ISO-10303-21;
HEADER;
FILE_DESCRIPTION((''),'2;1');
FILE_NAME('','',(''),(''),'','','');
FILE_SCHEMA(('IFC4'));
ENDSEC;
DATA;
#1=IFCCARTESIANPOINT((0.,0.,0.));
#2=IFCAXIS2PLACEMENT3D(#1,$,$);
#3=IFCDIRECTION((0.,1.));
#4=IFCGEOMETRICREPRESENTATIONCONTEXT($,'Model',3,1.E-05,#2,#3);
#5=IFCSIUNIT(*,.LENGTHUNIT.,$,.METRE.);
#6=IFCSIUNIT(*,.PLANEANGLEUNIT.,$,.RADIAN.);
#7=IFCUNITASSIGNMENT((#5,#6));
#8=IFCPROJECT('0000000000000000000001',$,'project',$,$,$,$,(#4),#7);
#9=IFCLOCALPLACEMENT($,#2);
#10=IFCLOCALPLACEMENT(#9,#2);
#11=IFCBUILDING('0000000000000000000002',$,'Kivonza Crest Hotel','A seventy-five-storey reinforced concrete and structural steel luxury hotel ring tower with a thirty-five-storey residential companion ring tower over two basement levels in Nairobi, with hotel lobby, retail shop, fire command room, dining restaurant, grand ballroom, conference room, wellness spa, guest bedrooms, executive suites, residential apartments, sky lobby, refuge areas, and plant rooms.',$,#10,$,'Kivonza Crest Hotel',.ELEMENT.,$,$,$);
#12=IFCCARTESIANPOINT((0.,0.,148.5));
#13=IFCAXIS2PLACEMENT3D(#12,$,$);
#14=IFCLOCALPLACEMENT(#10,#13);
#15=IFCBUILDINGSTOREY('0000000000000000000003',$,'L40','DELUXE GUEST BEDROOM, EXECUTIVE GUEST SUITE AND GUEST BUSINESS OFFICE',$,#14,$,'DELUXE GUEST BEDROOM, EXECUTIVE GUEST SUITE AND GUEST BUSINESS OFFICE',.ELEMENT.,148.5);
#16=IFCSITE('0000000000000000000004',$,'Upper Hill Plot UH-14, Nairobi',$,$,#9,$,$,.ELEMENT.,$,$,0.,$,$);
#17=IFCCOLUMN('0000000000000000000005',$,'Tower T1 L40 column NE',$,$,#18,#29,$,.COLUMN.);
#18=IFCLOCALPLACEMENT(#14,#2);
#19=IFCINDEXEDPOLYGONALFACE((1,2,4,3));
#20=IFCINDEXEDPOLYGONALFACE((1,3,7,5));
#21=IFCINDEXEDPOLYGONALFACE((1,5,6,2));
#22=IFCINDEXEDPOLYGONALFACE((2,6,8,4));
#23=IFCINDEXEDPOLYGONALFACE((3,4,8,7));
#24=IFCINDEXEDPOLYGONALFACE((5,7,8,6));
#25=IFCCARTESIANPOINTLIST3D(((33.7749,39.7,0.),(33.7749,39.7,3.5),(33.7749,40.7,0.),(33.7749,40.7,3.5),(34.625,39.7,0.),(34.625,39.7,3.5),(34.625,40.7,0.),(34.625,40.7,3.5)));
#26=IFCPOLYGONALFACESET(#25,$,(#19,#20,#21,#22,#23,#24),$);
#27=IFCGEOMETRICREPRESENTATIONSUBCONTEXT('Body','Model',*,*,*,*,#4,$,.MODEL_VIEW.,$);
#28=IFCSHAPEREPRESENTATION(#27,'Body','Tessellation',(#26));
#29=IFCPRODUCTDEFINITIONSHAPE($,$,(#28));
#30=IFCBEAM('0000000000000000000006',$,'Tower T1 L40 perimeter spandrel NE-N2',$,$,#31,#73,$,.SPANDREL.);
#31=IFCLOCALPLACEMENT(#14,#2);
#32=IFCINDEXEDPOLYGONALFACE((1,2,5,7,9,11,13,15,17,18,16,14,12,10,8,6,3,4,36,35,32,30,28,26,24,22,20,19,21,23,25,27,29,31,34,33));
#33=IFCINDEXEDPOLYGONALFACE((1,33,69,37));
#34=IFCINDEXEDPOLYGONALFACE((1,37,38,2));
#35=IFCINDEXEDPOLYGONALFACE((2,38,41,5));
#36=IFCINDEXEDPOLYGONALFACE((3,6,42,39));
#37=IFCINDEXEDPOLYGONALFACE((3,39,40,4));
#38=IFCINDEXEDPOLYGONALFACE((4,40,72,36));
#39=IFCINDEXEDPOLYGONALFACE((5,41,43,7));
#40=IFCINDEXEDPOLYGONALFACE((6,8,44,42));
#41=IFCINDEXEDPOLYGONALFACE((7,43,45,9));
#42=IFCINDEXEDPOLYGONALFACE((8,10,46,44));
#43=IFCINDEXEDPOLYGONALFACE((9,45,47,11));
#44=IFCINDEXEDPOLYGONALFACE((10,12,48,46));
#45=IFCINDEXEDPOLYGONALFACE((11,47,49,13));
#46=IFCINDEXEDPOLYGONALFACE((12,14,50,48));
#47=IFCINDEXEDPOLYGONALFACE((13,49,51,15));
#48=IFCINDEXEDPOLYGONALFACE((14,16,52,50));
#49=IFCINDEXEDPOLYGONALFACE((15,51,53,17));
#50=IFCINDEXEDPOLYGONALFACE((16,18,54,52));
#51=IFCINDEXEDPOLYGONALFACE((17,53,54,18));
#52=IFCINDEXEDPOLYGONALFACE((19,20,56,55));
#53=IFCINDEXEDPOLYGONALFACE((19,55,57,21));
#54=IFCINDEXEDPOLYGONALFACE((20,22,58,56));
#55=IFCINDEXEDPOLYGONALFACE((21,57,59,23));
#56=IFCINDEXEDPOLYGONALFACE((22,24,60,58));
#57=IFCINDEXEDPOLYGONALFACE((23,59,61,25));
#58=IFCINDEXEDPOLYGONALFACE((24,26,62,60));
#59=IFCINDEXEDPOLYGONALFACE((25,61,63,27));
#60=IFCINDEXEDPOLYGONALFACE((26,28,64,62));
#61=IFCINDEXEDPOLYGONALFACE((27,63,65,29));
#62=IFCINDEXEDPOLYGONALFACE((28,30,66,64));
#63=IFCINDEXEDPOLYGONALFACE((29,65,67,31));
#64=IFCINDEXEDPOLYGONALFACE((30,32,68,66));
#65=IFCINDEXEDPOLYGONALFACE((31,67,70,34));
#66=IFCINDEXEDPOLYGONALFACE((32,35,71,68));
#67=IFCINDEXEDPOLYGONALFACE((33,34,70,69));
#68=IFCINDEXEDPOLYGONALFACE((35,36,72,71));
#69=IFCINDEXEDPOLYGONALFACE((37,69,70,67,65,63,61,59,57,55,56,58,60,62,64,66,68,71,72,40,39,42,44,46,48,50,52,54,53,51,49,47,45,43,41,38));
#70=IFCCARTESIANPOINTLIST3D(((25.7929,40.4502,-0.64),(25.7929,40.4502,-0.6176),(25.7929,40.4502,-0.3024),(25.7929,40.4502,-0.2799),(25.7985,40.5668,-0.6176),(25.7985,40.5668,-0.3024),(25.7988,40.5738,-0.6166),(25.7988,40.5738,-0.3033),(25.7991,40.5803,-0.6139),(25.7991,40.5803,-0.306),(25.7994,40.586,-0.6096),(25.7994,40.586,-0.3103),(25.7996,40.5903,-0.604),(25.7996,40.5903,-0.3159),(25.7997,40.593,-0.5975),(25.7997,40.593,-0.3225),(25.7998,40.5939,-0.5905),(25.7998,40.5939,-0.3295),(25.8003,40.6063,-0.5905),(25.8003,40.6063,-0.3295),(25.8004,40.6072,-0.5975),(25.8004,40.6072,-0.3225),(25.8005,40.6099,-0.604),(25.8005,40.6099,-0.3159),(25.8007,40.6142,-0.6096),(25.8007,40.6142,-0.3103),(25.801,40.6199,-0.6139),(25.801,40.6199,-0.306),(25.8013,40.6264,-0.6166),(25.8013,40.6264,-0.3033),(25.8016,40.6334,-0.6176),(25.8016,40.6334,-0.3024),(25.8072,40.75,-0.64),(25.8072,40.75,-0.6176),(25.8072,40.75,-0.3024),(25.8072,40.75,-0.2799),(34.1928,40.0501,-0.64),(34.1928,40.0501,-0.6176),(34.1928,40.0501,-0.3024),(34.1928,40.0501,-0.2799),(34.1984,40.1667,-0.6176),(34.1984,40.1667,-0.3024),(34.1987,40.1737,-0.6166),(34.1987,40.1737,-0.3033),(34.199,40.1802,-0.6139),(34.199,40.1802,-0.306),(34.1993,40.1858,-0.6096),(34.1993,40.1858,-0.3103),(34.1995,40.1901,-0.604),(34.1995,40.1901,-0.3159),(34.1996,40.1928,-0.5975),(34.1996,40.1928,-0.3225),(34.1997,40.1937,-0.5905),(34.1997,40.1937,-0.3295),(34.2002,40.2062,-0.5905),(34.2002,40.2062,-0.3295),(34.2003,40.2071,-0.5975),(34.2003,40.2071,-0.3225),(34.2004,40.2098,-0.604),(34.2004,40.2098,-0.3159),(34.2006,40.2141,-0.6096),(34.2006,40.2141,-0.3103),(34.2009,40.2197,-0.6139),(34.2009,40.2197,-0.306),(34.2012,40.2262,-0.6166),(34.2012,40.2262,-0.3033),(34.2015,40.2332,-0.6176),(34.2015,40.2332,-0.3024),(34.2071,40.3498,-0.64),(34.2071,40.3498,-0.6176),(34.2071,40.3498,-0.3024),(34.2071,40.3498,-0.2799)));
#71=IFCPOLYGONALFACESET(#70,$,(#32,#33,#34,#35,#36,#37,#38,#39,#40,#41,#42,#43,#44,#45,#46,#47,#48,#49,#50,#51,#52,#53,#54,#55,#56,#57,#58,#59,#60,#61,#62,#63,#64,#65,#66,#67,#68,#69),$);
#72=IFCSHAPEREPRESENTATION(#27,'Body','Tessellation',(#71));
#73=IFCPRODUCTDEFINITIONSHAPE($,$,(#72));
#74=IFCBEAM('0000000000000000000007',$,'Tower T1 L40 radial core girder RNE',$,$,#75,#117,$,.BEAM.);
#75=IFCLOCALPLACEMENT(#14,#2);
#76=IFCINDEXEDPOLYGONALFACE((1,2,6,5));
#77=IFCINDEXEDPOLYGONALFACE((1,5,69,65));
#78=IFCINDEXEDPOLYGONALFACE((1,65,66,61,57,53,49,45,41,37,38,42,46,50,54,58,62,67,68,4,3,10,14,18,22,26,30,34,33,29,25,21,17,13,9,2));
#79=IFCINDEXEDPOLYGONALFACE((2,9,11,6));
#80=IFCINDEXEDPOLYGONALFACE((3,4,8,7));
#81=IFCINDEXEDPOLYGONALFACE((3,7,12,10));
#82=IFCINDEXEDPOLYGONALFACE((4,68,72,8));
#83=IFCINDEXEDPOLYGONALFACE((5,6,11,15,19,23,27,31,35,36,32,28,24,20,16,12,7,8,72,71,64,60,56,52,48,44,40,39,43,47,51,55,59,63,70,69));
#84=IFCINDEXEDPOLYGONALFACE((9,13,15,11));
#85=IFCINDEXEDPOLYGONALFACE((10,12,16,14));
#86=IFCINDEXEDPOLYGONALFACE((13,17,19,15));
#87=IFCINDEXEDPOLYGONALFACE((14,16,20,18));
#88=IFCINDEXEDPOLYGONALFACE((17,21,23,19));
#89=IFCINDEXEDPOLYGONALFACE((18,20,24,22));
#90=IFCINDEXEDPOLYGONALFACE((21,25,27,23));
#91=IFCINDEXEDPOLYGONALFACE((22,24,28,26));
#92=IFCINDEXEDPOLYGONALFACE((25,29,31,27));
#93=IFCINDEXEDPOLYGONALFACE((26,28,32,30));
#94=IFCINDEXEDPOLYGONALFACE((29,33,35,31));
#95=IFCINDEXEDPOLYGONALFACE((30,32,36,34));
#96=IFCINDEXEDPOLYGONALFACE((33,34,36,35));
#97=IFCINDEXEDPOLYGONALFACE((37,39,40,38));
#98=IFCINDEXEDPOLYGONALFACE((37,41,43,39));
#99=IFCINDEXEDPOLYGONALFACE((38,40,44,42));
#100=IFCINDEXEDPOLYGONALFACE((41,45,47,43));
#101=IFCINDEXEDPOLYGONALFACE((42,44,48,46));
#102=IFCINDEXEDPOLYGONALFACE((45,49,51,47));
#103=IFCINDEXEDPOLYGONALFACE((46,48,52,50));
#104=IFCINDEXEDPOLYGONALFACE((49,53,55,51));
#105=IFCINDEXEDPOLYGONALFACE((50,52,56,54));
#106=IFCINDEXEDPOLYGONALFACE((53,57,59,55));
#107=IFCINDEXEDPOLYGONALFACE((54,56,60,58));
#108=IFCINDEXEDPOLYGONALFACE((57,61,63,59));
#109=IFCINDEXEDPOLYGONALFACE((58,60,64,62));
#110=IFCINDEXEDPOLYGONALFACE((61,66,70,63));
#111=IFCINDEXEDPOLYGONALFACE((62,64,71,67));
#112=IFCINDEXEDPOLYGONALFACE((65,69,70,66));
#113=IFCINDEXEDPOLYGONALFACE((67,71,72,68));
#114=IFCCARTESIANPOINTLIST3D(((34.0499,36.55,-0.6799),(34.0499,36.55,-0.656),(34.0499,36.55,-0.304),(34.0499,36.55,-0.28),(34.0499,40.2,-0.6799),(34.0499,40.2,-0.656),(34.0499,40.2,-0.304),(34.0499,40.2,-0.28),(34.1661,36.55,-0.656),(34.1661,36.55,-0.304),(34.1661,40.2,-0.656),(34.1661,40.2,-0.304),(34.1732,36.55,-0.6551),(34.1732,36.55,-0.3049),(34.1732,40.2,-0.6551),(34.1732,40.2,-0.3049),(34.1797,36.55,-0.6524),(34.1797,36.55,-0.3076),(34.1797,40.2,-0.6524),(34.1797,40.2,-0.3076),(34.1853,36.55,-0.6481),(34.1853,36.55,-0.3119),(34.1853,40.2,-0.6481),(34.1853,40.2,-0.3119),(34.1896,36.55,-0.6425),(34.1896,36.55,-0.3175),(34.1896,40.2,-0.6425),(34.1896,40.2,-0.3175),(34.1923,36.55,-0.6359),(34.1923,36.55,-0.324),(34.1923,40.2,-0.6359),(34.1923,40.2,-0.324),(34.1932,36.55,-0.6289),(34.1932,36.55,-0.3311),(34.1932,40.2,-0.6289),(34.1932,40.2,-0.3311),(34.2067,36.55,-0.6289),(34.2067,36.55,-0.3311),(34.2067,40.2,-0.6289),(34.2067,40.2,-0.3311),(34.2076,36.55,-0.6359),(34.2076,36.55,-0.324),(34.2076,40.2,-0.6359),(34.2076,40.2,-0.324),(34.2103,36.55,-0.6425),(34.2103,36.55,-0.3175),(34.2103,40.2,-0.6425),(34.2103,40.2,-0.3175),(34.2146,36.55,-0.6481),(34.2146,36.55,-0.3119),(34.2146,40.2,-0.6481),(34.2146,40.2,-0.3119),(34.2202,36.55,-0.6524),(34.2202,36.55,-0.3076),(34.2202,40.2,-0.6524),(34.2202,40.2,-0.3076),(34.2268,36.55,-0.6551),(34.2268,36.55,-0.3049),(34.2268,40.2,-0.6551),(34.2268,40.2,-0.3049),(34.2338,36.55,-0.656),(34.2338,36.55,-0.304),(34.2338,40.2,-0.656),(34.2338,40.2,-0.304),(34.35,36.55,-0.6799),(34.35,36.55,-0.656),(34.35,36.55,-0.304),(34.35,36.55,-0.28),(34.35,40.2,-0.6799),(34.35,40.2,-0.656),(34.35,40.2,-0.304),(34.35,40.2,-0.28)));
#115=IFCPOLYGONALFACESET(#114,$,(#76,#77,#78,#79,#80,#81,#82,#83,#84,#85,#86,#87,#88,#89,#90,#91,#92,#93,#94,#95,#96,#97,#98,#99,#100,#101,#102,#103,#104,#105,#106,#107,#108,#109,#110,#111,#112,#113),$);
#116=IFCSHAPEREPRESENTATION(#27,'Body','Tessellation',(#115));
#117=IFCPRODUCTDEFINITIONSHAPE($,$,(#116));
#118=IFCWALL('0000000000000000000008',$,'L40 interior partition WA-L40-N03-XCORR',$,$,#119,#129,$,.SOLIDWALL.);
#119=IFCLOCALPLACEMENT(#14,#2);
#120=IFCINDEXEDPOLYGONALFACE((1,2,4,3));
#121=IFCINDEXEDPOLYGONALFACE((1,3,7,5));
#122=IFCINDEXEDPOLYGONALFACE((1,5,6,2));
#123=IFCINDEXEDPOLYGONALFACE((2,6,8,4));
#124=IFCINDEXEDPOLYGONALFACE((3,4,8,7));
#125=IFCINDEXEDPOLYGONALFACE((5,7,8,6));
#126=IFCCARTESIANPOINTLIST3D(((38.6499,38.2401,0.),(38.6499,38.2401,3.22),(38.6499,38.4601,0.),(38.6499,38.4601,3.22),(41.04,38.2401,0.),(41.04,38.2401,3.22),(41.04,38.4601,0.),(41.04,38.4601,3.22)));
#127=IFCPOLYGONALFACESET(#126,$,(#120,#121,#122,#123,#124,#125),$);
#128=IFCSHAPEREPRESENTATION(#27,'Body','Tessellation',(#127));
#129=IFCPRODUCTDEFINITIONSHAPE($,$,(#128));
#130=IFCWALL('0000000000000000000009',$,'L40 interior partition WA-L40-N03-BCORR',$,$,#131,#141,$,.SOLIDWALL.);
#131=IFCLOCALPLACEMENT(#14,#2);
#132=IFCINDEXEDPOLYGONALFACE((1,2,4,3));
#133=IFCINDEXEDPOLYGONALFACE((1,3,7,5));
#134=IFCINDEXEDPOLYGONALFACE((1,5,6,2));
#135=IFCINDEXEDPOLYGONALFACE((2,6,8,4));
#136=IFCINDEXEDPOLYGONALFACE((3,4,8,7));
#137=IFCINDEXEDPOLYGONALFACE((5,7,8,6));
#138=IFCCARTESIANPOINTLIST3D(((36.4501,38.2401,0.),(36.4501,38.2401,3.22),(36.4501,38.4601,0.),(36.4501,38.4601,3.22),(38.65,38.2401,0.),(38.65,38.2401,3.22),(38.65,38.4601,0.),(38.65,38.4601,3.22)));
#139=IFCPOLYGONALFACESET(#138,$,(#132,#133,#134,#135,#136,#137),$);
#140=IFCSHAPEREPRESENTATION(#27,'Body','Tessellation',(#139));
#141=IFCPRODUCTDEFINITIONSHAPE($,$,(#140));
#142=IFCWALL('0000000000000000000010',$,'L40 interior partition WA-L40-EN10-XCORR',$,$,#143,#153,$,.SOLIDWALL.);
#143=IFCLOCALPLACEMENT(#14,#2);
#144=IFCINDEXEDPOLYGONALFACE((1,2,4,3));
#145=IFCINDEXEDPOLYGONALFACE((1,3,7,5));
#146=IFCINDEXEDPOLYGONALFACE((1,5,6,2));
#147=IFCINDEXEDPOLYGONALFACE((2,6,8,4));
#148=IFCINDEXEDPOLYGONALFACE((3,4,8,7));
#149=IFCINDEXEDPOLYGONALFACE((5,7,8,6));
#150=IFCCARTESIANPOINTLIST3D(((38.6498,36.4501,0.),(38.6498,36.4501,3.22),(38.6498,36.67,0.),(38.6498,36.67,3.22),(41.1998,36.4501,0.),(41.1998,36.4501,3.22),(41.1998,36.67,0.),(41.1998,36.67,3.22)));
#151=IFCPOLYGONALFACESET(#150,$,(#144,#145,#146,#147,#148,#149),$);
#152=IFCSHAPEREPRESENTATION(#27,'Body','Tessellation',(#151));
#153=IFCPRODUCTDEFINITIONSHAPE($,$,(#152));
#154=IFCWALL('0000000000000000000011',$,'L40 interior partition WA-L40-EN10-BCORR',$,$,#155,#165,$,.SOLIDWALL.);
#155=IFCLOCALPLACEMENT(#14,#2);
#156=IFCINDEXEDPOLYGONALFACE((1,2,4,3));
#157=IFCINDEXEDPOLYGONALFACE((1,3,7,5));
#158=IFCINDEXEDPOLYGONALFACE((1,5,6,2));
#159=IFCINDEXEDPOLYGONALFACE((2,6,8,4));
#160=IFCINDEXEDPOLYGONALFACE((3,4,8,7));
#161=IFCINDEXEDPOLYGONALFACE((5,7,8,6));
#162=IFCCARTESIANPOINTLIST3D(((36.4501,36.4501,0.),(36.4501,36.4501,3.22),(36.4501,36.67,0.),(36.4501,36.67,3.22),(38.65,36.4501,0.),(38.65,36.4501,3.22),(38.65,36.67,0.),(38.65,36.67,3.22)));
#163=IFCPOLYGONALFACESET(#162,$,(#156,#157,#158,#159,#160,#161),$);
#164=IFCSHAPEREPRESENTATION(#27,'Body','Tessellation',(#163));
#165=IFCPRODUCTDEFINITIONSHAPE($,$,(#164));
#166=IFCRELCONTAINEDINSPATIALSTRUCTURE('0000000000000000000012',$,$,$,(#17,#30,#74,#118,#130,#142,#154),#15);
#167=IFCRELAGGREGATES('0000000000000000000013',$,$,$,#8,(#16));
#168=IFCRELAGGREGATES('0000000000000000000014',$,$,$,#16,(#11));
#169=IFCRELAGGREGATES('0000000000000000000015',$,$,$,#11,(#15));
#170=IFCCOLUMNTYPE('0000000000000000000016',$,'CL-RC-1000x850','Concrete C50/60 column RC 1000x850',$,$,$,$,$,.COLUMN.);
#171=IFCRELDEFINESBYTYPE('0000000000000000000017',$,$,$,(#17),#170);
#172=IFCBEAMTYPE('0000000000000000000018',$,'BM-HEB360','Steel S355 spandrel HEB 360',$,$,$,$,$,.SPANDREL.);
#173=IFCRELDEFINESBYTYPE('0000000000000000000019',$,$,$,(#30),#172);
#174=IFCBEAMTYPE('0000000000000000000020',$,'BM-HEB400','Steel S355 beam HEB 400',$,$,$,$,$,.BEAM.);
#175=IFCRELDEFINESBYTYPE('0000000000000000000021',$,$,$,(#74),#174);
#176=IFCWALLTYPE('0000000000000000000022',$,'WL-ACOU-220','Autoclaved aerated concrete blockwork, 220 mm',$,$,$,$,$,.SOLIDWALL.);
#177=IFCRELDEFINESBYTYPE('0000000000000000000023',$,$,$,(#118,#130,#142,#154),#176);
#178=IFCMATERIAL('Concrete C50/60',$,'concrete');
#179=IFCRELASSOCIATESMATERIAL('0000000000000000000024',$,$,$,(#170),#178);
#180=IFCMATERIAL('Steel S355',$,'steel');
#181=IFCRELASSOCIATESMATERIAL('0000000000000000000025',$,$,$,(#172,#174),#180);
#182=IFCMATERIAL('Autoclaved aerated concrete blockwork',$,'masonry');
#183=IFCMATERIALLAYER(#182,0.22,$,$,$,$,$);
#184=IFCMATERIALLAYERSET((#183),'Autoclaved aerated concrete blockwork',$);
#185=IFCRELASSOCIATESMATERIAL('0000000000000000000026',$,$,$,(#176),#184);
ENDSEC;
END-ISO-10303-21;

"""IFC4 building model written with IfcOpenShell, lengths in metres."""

from ifc_helpers import new_model, si_unit, direction, frame, frame_2d, origin, origin_2d, place, context, subcontext, project, spatial, rectangle, i_section, extrude, material, layer, layer_set, material_profile, profile_set, type_object, element, save


model = new_model("IFC4")

# Units and contexts
model_context = context("Model", 3, precision=1e-05, world=origin(), true_north=direction((0.0, 1.0)))
body_context = subcontext(model_context, "Body", "Model", "MODEL_VIEW")
ifc_project = project(units=[si_unit("LENGTHUNIT", "METRE"), si_unit("PLANEANGLEUNIT", "RADIAN")], contexts=[model_context])

# Site, building, storey
site_placement = place(None, origin())
site = spatial("IfcSite", under=ifc_project, at=site_placement, Name="Upper Hill Plot UH-14, Nairobi", CompositionType="ELEMENT", RefElevation=0.0)
building_placement = place(site_placement, origin())
building = spatial("IfcBuilding", under=site, at=building_placement, Name="Kivonza Crest Hotel", Description="A seventy-five-storey reinforced concrete and structural steel luxury hotel ring tower with a thirty-five-storey residential companion ring tower over two basement levels in Nairobi, with hotel lobby, retail shop, fire command room, dining restaurant, grand ballroom, conference room, wellness spa, guest bedrooms, executive suites, residential apartments, sky lobby, refuge areas, and plant rooms.", LongName="Kivonza Crest Hotel", CompositionType="ELEMENT")
storey_placement = place(building_placement, frame((0.0, 0.0, 148.5)))
storey = spatial("IfcBuildingStorey", under=building, at=storey_placement, Name="L40", Description="DELUXE GUEST BEDROOM, EXECUTIVE GUEST SUITE AND GUEST BUSINESS OFFICE", LongName="DELUXE GUEST BEDROOM, EXECUTIVE GUEST SUITE AND GUEST BUSINESS OFFICE", CompositionType="ELEMENT", Elevation=148.5)

# Column
ifc_material_1 = material(Name="Concrete C50/60", Category="concrete")
ifc_material_profile_1 = material_profile(ifc_material_1, rectangle(XDim=0.8501, YDim=1.0, at=origin_2d()), Name="RC 1000x850")
ifc_profile_set_1 = profile_set([ifc_material_profile_1], Name="Concrete C50/60")
column_type = type_object("IfcColumnType", Name="CL-RC-1000x850", Description="Concrete C50/60 column RC 1000x850", PredefinedType="COLUMN", material=ifc_profile_set_1)
column_placement = place(storey_placement, frame((34.2, 40.2, 0.0), z_axis=(0.0, 0.0, 1.0), x_axis=(1.0, 0.0, 0.0)))
element("IfcColumn", 1, at=column_placement, inside=storey, type_object=column_type, Name="Tower T1 L40 column NE", PredefinedType="COLUMN", context=body_context, shape_type="SweptSolid", body=[
    extrude(rectangle(XDim=0.8501, YDim=1.0, at=origin_2d()), origin(), (0.0, 0.0, 1.0), 3.5),
])

# Beams
ifc_material_2 = material(Name="Steel S355", Category="steel")
ifc_material_profile_2 = material_profile(ifc_material_2, i_section(OverallWidth=0.3, OverallDepth=0.3601, WebThickness=0.0125, FlangeThickness=0.0225, FilletRadius=0.0271, at=origin_2d()), Name="HEB 360")
ifc_profile_set_2 = profile_set([ifc_material_profile_2], Name="Steel S355")
beam_type_1 = type_object("IfcBeamType", Name="BM-HEB360", Description="Steel S355 spandrel HEB 360", PredefinedType="SPANDREL", material=ifc_profile_set_2)
beam_1_placement = place(storey_placement, frame((34.2, 40.2, -0.46), z_axis=(-0.998867, 0.047583, 0.0), x_axis=(-0.047583, -0.998867, 0.0)))
element("IfcBeam", 2, at=beam_1_placement, inside=storey, type_object=beam_type_1, Name="Tower T1 L40 perimeter spandrel NE-N2", PredefinedType="SPANDREL", context=body_context, shape_type="SweptSolid", body=[
    extrude(i_section(OverallWidth=0.3, OverallDepth=0.3601, WebThickness=0.0125, FlangeThickness=0.0225, FilletRadius=0.0271, at=origin_2d()), origin(), (0.0, 0.0, 1.0), 8.4094),
])
ifc_material_profile_3 = material_profile(ifc_material_2, i_section(OverallWidth=0.3, OverallDepth=0.3999, WebThickness=0.0134, FlangeThickness=0.0239, FilletRadius=0.0271, at=origin_2d()), Name="HEB 400")
ifc_profile_set_3 = profile_set([ifc_material_profile_3], Name="Steel S355")
beam_type_2 = type_object("IfcBeamType", Name="BM-HEB400", Description="Steel S355 beam HEB 400", PredefinedType="BEAM", material=ifc_profile_set_3)
beam_2_placement = place(storey_placement, frame((34.2, 40.2, -0.48), z_axis=(0.0, -1.0, 0.0), x_axis=(1.0, 0.0, 0.0)))
element("IfcBeam", 3, at=beam_2_placement, inside=storey, type_object=beam_type_2, Name="Tower T1 L40 radial core girder RNE", PredefinedType="BEAM", context=body_context, shape_type="SweptSolid", body=[
    extrude(i_section(OverallWidth=0.3, OverallDepth=0.3999, WebThickness=0.0134, FlangeThickness=0.0239, FilletRadius=0.0271, at=origin_2d()), origin(), (0.0, 0.0, 1.0), 3.6499),
])

# Walls
ifc_material_3 = material(Name="Autoclaved aerated concrete blockwork", Category="masonry")
ifc_layer_1 = layer(ifc_material_3, 0.22)
ifc_layer_set_1 = layer_set([ifc_layer_1], Name="Autoclaved aerated concrete blockwork")
wall_type_1 = type_object("IfcWallType", Name="WL-ACOU-220", Description="Autoclaved aerated concrete blockwork, 220 mm", PredefinedType="SOLIDWALL", material=ifc_layer_set_1)
wall_1_placement = place(storey_placement, frame((38.6499, 38.3501, 0.0), z_axis=(0.0, 0.0, 1.0), x_axis=(1.0, 0.0, 0.0)))
element("IfcWall", 4, at=wall_1_placement, inside=storey, type_object=wall_type_1, Name="L40 interior partition WA-L40-N03-XCORR", PredefinedType="SOLIDWALL", context=body_context, shape_type="SweptSolid", body=[
    extrude(rectangle(XDim=2.3901, YDim=0.22, at=frame_2d((1.1951, 0.0))), origin(), (0.0, 0.0, 1.0), 3.22),
])
wall_2_placement = place(storey_placement, frame((36.45, 38.3501, 0.0), z_axis=(0.0, 0.0, 1.0), x_axis=(1.0, 0.0, 0.0)))
element("IfcWall", 5, at=wall_2_placement, inside=storey, type_object=wall_type_1, Name="L40 interior partition WA-L40-N03-BCORR", PredefinedType="SOLIDWALL", context=body_context, shape_type="SweptSolid", body=[
    extrude(rectangle(XDim=2.2, YDim=0.22, at=frame_2d((1.1001, 0.0))), origin(), (0.0, 0.0, 1.0), 3.22),
])
wall_3_placement = place(storey_placement, frame((38.6499, 36.5601, 0.0), z_axis=(0.0, 0.0, 1.0), x_axis=(1.0, 0.0, 0.0)))
element("IfcWall", 6, at=wall_3_placement, inside=storey, type_object=wall_type_1, Name="L40 interior partition WA-L40-EN10-XCORR", PredefinedType="SOLIDWALL", context=body_context, shape_type="SweptSolid", body=[
    extrude(rectangle(XDim=2.55, YDim=0.22, at=frame_2d((1.2749, 0.0))), origin(), (0.0, 0.0, 1.0), 3.22),
])
wall_4_placement = place(storey_placement, frame((36.45, 36.5601, 0.0), z_axis=(0.0, 0.0, 1.0), x_axis=(1.0, 0.0, 0.0)))
element("IfcWall", 7, at=wall_4_placement, inside=storey, type_object=wall_type_1, Name="L40 interior partition WA-L40-EN10-BCORR", PredefinedType="SOLIDWALL", context=body_context, shape_type="SweptSolid", body=[
    extrude(rectangle(XDim=2.2, YDim=0.22, at=frame_2d((1.1001, 0.0))), origin(), (0.0, 0.0, 1.0), 3.22),
])

save(model, "model.ifc")
